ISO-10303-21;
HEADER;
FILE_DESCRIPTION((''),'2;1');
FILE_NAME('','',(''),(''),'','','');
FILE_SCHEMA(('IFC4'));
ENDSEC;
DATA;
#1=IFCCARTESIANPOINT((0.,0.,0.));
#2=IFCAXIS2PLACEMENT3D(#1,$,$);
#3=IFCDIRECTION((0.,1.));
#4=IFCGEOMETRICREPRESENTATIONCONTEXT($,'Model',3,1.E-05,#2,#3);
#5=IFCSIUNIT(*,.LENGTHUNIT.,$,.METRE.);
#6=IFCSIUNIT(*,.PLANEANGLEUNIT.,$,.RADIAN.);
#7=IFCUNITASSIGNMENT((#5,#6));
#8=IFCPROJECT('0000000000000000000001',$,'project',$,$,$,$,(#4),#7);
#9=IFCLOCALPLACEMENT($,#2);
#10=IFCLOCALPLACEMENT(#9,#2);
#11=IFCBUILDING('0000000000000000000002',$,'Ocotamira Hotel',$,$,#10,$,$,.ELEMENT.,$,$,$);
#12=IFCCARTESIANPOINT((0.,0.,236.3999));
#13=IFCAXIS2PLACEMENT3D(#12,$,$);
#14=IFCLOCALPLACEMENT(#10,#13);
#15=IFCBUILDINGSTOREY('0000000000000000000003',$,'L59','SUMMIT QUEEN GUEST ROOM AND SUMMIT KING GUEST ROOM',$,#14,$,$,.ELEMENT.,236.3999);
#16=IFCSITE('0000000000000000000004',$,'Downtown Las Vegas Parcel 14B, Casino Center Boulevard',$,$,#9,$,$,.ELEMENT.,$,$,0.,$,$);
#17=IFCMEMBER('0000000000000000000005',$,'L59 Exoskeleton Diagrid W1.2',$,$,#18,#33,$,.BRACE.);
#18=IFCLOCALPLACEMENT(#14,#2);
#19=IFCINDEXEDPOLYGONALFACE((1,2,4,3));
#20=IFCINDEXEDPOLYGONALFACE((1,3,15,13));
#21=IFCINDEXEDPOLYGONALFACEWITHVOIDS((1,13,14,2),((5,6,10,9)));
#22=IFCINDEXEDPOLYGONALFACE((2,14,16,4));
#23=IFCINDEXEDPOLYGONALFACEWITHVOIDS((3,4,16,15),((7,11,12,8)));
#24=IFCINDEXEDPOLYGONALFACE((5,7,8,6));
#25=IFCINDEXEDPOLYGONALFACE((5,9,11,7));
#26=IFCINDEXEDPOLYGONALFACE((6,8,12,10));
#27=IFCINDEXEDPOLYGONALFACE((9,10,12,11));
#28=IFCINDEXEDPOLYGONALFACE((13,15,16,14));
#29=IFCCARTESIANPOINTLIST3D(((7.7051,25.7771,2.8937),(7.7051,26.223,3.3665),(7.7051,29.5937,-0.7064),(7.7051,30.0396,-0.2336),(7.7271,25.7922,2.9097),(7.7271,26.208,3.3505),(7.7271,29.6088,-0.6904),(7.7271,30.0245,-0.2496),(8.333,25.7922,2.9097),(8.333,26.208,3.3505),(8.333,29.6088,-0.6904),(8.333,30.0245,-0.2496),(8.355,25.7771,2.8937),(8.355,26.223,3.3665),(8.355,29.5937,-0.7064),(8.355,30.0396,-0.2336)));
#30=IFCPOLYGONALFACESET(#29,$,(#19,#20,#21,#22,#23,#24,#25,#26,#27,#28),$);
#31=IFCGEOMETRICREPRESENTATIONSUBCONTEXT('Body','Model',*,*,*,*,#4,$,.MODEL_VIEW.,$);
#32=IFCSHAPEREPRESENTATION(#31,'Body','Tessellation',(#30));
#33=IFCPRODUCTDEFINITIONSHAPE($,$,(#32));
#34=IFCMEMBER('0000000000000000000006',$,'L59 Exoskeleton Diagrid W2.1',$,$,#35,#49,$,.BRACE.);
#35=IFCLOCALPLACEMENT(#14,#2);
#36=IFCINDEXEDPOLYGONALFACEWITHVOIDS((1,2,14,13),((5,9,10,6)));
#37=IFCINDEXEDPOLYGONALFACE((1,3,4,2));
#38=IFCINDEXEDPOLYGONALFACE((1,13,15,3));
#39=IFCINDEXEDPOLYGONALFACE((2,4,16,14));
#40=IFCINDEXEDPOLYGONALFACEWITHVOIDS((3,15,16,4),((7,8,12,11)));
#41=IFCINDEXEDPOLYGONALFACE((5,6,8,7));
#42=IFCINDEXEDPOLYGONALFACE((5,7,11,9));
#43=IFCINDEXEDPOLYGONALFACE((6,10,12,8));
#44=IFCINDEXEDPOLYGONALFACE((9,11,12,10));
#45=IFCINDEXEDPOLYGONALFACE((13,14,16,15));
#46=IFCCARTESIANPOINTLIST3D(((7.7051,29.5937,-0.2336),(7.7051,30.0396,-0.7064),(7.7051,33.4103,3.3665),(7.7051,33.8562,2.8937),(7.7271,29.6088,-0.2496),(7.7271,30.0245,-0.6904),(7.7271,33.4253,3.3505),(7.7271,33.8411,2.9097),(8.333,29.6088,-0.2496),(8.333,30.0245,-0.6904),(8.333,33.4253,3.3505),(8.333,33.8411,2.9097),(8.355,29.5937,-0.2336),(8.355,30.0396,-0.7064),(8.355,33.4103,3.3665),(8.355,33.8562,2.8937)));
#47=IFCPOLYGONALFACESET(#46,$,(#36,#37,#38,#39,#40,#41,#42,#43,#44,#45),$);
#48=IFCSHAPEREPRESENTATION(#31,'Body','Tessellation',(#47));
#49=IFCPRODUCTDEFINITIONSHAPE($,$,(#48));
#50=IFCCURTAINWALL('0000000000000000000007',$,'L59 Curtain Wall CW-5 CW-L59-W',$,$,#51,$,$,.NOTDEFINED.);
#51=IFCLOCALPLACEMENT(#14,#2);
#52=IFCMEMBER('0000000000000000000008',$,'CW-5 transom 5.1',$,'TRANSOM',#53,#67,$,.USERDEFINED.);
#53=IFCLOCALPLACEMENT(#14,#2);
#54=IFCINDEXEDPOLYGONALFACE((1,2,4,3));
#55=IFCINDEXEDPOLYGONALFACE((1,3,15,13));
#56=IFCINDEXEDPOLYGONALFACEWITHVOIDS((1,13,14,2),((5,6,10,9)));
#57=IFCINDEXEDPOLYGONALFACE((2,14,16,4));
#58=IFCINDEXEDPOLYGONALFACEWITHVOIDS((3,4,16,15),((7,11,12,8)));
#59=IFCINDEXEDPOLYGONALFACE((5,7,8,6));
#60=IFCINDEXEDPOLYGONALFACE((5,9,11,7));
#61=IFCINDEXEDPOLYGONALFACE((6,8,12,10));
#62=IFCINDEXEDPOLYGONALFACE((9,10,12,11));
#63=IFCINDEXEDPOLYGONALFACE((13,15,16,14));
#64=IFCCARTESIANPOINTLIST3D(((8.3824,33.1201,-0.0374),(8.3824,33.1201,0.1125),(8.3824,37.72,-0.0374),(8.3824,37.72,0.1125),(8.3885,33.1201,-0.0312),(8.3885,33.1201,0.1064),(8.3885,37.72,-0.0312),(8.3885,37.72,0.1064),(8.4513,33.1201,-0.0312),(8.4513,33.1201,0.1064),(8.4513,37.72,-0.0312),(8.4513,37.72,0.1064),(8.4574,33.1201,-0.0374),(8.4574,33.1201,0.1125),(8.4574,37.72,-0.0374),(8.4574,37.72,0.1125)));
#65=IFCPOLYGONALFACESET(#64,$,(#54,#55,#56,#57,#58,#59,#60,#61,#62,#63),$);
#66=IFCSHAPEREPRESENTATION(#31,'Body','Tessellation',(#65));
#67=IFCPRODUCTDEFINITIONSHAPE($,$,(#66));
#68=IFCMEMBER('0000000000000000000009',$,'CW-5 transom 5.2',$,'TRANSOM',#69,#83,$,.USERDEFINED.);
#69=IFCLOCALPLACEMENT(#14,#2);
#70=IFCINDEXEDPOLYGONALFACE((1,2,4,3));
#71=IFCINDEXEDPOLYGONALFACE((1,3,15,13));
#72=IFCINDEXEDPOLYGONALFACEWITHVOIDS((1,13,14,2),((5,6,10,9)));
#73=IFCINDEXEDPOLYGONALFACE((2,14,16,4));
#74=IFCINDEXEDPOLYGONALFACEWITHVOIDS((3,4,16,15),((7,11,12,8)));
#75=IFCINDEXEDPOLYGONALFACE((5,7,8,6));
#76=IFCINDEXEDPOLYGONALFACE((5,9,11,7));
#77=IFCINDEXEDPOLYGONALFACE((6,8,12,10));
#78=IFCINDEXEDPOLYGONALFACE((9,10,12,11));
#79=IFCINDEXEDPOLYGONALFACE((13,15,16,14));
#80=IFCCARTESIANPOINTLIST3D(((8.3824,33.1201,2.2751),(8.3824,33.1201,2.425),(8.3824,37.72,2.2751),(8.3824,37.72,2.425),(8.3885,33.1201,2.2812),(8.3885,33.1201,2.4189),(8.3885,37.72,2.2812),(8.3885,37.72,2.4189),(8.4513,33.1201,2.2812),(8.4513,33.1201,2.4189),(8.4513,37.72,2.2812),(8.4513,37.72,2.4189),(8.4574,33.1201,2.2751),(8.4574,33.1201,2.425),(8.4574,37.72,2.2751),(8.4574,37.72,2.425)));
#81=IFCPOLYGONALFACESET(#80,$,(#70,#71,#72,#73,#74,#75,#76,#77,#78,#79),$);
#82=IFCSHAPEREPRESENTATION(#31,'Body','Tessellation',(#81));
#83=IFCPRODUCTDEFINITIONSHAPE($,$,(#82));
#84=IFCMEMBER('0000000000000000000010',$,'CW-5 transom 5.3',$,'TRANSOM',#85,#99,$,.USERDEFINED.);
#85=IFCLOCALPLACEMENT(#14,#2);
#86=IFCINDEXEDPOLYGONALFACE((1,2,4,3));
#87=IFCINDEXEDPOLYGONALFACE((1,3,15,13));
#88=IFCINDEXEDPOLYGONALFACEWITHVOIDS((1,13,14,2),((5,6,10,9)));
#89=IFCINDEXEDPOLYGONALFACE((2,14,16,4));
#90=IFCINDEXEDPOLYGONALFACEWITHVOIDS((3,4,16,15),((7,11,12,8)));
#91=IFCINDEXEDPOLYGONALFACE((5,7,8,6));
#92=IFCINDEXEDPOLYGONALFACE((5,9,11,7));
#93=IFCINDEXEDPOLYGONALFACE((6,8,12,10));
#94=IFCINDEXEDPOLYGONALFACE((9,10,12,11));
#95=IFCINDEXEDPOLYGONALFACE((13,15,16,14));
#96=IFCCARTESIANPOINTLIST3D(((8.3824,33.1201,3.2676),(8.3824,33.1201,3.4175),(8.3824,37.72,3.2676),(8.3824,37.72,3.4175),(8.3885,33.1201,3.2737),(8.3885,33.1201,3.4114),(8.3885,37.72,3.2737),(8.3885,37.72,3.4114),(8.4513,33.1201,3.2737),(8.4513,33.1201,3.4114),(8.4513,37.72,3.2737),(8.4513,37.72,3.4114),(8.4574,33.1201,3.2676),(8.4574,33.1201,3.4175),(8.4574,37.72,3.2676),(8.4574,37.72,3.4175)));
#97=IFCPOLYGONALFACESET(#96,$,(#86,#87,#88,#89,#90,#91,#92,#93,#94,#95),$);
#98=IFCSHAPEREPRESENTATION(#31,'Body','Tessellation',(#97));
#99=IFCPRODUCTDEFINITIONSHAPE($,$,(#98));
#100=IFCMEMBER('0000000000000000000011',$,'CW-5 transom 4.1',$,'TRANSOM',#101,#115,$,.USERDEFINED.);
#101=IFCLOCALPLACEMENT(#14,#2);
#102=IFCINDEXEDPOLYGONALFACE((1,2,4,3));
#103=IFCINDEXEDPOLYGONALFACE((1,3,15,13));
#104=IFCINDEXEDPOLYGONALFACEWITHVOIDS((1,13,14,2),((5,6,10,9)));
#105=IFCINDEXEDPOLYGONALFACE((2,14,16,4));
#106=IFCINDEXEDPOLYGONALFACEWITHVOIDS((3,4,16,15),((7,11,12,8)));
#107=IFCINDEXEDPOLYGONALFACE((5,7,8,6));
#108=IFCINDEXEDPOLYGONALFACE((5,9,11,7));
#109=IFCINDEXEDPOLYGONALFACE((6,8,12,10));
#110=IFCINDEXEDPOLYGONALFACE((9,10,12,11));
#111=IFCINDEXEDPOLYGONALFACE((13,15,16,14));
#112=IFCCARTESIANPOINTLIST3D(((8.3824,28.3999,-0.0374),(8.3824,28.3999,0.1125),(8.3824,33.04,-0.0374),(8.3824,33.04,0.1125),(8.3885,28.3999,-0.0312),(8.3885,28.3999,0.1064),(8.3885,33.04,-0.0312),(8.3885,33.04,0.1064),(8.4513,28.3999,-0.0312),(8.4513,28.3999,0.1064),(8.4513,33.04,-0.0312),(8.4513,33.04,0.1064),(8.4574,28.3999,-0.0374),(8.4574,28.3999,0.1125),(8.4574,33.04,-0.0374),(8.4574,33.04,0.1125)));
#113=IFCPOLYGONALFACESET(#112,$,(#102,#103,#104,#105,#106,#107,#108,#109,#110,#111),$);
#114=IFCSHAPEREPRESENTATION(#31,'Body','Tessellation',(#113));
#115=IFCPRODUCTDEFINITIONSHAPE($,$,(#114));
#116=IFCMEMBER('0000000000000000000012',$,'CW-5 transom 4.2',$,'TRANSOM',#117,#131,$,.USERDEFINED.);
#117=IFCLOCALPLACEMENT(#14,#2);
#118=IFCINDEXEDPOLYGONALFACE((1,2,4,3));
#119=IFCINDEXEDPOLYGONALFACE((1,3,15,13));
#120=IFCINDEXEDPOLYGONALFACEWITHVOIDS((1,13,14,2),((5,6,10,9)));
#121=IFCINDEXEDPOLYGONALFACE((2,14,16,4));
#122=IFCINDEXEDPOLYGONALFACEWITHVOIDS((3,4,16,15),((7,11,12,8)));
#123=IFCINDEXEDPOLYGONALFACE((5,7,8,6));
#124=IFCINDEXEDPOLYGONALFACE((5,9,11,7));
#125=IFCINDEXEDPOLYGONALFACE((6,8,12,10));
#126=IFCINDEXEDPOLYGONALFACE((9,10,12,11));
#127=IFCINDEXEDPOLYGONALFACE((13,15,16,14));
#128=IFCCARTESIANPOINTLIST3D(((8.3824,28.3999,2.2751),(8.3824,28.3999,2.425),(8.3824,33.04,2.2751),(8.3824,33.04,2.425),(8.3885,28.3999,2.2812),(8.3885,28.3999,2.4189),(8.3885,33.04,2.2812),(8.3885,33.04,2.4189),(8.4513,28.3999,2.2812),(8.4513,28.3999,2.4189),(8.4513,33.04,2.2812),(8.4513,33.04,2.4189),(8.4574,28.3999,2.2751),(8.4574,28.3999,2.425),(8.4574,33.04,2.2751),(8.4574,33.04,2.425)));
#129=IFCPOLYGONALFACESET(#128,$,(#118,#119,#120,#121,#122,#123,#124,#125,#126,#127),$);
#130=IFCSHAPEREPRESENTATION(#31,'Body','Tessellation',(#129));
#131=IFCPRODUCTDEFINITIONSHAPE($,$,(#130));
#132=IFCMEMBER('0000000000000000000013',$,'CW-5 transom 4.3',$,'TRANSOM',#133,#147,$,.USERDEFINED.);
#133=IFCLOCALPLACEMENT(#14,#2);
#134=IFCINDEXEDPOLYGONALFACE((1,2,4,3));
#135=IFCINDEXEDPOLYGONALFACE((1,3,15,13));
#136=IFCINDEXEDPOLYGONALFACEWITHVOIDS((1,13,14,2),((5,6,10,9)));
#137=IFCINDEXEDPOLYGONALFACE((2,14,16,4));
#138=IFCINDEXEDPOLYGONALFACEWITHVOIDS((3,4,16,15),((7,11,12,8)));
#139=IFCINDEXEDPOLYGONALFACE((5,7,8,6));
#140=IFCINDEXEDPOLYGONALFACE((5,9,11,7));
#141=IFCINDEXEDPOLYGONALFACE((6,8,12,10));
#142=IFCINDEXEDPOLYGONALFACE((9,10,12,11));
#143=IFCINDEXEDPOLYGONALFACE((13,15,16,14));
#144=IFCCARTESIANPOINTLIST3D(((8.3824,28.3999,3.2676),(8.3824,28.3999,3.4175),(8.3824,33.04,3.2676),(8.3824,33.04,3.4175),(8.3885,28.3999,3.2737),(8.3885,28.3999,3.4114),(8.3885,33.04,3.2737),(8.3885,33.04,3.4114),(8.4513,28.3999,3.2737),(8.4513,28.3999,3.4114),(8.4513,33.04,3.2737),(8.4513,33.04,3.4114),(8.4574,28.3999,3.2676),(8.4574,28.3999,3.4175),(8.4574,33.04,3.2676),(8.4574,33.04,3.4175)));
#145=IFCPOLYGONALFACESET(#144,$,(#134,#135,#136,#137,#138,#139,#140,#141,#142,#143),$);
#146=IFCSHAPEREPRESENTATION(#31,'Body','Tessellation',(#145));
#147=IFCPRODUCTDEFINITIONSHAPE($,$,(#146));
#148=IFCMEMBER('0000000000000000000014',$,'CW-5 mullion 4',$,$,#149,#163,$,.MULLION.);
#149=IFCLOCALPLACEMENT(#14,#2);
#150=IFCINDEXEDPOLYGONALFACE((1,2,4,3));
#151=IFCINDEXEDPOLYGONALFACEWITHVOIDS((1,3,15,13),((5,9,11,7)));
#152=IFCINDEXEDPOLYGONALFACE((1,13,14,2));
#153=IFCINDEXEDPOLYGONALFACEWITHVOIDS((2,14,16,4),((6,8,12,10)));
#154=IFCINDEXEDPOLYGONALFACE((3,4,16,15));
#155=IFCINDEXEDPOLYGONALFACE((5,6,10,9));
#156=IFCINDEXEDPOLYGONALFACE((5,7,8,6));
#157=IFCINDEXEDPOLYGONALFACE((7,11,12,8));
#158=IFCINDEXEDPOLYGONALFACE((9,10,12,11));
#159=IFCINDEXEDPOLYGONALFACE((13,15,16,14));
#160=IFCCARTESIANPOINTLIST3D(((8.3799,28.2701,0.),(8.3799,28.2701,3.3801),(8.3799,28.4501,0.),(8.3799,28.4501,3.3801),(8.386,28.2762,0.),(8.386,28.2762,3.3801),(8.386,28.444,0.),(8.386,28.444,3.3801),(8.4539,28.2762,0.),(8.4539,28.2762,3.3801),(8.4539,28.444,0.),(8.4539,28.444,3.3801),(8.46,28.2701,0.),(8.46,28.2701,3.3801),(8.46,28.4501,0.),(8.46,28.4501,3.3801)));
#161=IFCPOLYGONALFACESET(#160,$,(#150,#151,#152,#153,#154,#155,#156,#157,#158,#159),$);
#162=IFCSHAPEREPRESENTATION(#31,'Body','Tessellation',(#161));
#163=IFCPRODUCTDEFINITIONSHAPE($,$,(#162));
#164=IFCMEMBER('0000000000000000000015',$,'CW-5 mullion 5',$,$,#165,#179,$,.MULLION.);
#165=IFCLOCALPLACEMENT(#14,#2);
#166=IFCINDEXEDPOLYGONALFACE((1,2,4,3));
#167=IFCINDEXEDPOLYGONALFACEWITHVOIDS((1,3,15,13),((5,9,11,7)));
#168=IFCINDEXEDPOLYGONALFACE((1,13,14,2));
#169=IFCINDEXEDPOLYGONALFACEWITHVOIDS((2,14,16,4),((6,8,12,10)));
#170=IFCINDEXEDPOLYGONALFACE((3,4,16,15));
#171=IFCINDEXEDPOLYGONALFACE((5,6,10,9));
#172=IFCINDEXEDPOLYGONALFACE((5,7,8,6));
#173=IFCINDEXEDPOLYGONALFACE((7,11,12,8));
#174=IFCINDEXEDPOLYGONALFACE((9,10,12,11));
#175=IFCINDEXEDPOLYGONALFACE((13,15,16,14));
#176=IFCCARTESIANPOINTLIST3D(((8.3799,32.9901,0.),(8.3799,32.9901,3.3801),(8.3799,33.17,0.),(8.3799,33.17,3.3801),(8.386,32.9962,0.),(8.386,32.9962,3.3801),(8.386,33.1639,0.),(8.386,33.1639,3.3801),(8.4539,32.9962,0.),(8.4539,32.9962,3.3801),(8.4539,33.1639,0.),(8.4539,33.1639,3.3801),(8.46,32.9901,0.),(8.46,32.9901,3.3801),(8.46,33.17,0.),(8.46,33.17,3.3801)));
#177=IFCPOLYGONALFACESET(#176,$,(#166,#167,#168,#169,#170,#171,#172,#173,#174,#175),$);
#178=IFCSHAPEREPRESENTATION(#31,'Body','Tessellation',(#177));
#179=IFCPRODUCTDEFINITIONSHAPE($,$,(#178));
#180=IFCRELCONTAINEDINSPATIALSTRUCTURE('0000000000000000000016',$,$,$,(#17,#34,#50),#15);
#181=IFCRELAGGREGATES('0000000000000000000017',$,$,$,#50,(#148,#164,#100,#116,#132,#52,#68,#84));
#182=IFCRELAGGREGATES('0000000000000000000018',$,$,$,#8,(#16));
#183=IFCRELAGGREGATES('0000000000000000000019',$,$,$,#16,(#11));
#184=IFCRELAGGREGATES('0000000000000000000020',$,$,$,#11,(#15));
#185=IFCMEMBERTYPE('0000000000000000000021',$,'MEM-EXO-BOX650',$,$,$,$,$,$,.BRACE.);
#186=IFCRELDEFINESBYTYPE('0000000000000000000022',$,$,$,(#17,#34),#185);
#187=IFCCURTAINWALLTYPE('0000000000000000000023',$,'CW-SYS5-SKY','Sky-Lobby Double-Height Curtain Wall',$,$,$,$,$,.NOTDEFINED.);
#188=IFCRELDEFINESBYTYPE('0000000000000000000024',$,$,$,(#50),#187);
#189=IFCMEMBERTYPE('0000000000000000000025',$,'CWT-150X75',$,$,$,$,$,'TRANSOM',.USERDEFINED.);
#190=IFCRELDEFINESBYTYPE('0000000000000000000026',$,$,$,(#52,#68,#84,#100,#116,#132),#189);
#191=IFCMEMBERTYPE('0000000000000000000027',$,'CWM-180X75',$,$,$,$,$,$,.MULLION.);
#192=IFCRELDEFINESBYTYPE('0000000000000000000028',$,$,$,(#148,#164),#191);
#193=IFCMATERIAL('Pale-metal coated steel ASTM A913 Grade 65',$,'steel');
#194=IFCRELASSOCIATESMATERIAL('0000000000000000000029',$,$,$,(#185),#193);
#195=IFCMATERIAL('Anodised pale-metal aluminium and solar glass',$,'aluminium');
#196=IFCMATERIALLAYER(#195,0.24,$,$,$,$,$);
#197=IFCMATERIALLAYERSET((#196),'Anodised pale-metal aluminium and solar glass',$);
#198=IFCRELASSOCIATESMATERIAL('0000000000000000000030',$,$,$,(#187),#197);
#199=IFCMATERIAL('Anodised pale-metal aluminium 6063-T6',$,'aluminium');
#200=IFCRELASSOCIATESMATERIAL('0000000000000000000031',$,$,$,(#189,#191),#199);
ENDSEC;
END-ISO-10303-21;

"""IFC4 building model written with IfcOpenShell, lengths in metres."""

from ifc_helpers import new_model, si_unit, direction, frame, origin, origin_2d, place, context, subcontext, project, spatial, hollow_rectangle, extrude, source, transform, mapped, material, layer, layer_set, material_profile, profile_set, type_object, element, aggregate, save


model = new_model("IFC4")

# Units and contexts
model_context = context("Model", 3, precision=1e-05, world=origin(), true_north=direction((0.0, 1.0)))
body_context = subcontext(model_context, "Body", "Model", "MODEL_VIEW")
ifc_project = project(units=[si_unit("LENGTHUNIT", "METRE"), si_unit("PLANEANGLEUNIT", "RADIAN")], contexts=[model_context])

# Site, building, storey
site_placement = place(None, origin())
site = spatial("IfcSite", under=ifc_project, at=site_placement, Name="Downtown Las Vegas Parcel 14B, Casino Center Boulevard", CompositionType="ELEMENT", RefElevation=0.0)
building_placement = place(site_placement, origin())
building = spatial("IfcBuilding", under=site, at=building_placement, Name="Ocotamira Hotel", CompositionType="ELEMENT")
storey_placement = place(building_placement, frame((0.0, 0.0, 236.3999)))
storey = spatial("IfcBuildingStorey", under=building, at=storey_placement, Name="L59", Description="SUMMIT QUEEN GUEST ROOM AND SUMMIT KING GUEST ROOM", CompositionType="ELEMENT", Elevation=236.3999)

# Members
ifc_material_1 = material(Name="Pale-metal coated steel ASTM A913 Grade 65", Category="steel")
ifc_material_profile_1 = material_profile(ifc_material_1, hollow_rectangle(XDim=0.6499, YDim=0.6499, WallThickness=0.022, at=origin_2d()), Name="BOX650X650X22")
ifc_profile_set_1 = profile_set([ifc_material_profile_1], Name="Pale-metal coated steel ASTM A913 Grade 65")
member_type_1 = type_object("IfcMemberType", Name="MEM-EXO-BOX650", PredefinedType="BRACE", material=ifc_profile_set_1)
shared_shape_1 = source(origin(), body_context, "Body", "SweptSolid", [
    extrude(hollow_rectangle(XDim=0.6499, YDim=0.6499, WallThickness=0.022, at=origin_2d()), origin(), (0.0, 0.0, 1.0), 5.2466),
])
for number, where, z_axis, x_axis, name in (
    (1, (8.03, 29.8167, -0.47), (0.0, -0.727443, 0.686168), (1.0, 0.0, 0.0), "L59 Exoskeleton Diagrid W1.2"),
    (2, (8.03, 29.8167, -0.47), (0.0, 0.727443, 0.686168), (-1.0, 0.0, 0.0), "L59 Exoskeleton Diagrid W2.1"),
):
    element("IfcMember", number, at=place(storey_placement, frame(where, z_axis=z_axis, x_axis=x_axis)), inside=storey, type_object=member_type_1, Name=name, PredefinedType="BRACE", context=body_context, shape_type="MappedRepresentation", body=[
        mapped(shared_shape_1, transform((0.0, 0.0, 0.0), scale=1.0)),
    ])

# Curtain wall, members
ifc_material_2 = material(Name="Anodised pale-metal aluminium and solar glass", Category="aluminium")
ifc_layer_1 = layer(ifc_material_2, 0.24)
ifc_layer_set_1 = layer_set([ifc_layer_1], Name="Anodised pale-metal aluminium and solar glass")
curtain_wall_type = type_object("IfcCurtainWallType", Name="CW-SYS5-SKY", Description="Sky-Lobby Double-Height Curtain Wall", PredefinedType="NOTDEFINED", material=ifc_layer_set_1)
curtain_wall_placement = place(storey_placement, origin())
curtain_wall = element("IfcCurtainWall", 3, at=curtain_wall_placement, inside=storey, type_object=curtain_wall_type, Name="L59 Curtain Wall CW-5 CW-L59-W", PredefinedType="NOTDEFINED")
ifc_material_3 = material(Name="Anodised pale-metal aluminium 6063-T6", Category="aluminium")
ifc_material_profile_2 = material_profile(ifc_material_3, hollow_rectangle(XDim=0.075, YDim=0.1499, WallThickness=0.0061, at=origin_2d()), Name="HSS150X75X6")
ifc_profile_set_2 = profile_set([ifc_material_profile_2], Name="Anodised pale-metal aluminium 6063-T6")
member_type_2 = type_object("IfcMemberType", Name="CWT-150X75", ElementType="TRANSOM", PredefinedType="USERDEFINED", material=ifc_profile_set_2)
shared_shape_2 = source(origin(), body_context, "Body", "SweptSolid", [
    extrude(hollow_rectangle(XDim=0.075, YDim=0.1499, WallThickness=0.0061, at=origin_2d()), origin(), (0.0, 0.0, 1.0), 4.5999),
])
member_1_placement = place(storey_placement, frame((8.4199, 33.1201, 0.0376), z_axis=(0.0, 1.0, 0.0), x_axis=(-1.0, 0.0, 0.0)))
member_1 = element("IfcMember", 4, at=member_1_placement, type_object=member_type_2, Name="CW-5 transom 5.1", ObjectType="TRANSOM", PredefinedType="USERDEFINED", context=body_context, shape_type="MappedRepresentation", body=[
    mapped(shared_shape_2, transform((0.0, 0.0, 0.0), scale=1.0)),
])
member_2_placement = place(storey_placement, frame((8.4199, 33.1201, 2.3501), z_axis=(0.0, 1.0, 0.0), x_axis=(-1.0, 0.0, 0.0)))
member_2 = element("IfcMember", 5, at=member_2_placement, type_object=member_type_2, Name="CW-5 transom 5.2", ObjectType="TRANSOM", PredefinedType="USERDEFINED", context=body_context, shape_type="MappedRepresentation", body=[
    mapped(shared_shape_2, transform((0.0, 0.0, 0.0), scale=1.0)),
])
member_3_placement = place(storey_placement, frame((8.4199, 33.1201, 3.3425), z_axis=(0.0, 1.0, 0.0), x_axis=(-1.0, 0.0, 0.0)))
member_3 = element("IfcMember", 6, at=member_3_placement, type_object=member_type_2, Name="CW-5 transom 5.3", ObjectType="TRANSOM", PredefinedType="USERDEFINED", context=body_context, shape_type="MappedRepresentation", body=[
    mapped(shared_shape_2, transform((0.0, 0.0, 0.0), scale=1.0)),
])
shared_shape_3 = source(origin(), body_context, "Body", "SweptSolid", [
    extrude(hollow_rectangle(XDim=0.075, YDim=0.1499, WallThickness=0.0061, at=origin_2d()), origin(), (0.0, 0.0, 1.0), 4.6401),
])
member_4_placement = place(storey_placement, frame((8.4199, 28.3999, 0.0376), z_axis=(0.0, 1.0, 0.0), x_axis=(-1.0, 0.0, 0.0)))
member_4 = element("IfcMember", 7, at=member_4_placement, type_object=member_type_2, Name="CW-5 transom 4.1", ObjectType="TRANSOM", PredefinedType="USERDEFINED", context=body_context, shape_type="MappedRepresentation", body=[
    mapped(shared_shape_3, transform((0.0, 0.0, 0.0), scale=1.0)),
])
member_5_placement = place(storey_placement, frame((8.4199, 28.3999, 2.3501), z_axis=(0.0, 1.0, 0.0), x_axis=(-1.0, 0.0, 0.0)))
member_5 = element("IfcMember", 8, at=member_5_placement, type_object=member_type_2, Name="CW-5 transom 4.2", ObjectType="TRANSOM", PredefinedType="USERDEFINED", context=body_context, shape_type="MappedRepresentation", body=[
    mapped(shared_shape_3, transform((0.0, 0.0, 0.0), scale=1.0)),
])
member_6_placement = place(storey_placement, frame((8.4199, 28.3999, 3.3425), z_axis=(0.0, 1.0, 0.0), x_axis=(-1.0, 0.0, 0.0)))
member_6 = element("IfcMember", 9, at=member_6_placement, type_object=member_type_2, Name="CW-5 transom 4.3", ObjectType="TRANSOM", PredefinedType="USERDEFINED", context=body_context, shape_type="MappedRepresentation", body=[
    mapped(shared_shape_3, transform((0.0, 0.0, 0.0), scale=1.0)),
])
ifc_material_profile_3 = material_profile(ifc_material_3, hollow_rectangle(XDim=0.0801, YDim=0.1799, WallThickness=0.0061, at=origin_2d()), Name="HSS180X80X6")
ifc_profile_set_3 = profile_set([ifc_material_profile_3], Name="Anodised pale-metal aluminium 6063-T6")
member_type_3 = type_object("IfcMemberType", Name="CWM-180X75", PredefinedType="MULLION", material=ifc_profile_set_3)
shared_shape_4 = source(origin(), body_context, "Body", "SweptSolid", [
    extrude(hollow_rectangle(XDim=0.0801, YDim=0.1799, WallThickness=0.0061, at=origin_2d()), origin(), (0.0, 0.0, 1.0), 3.3801),
])
member_7_placement = place(storey_placement, frame((8.4199, 28.3601, 0.0), z_axis=(0.0, 0.0, 1.0), x_axis=(-1.0, 0.0, 0.0)))
member_7 = element("IfcMember", 10, at=member_7_placement, type_object=member_type_3, Name="CW-5 mullion 4", PredefinedType="MULLION", context=body_context, shape_type="MappedRepresentation", body=[
    mapped(shared_shape_4, transform((0.0, 0.0, 0.0), scale=1.0)),
])
member_8_placement = place(storey_placement, frame((8.4199, 33.0801, 0.0), z_axis=(0.0, 0.0, 1.0), x_axis=(-1.0, 0.0, 0.0)))
member_8 = element("IfcMember", 11, at=member_8_placement, type_object=member_type_3, Name="CW-5 mullion 5", PredefinedType="MULLION", context=body_context, shape_type="MappedRepresentation", body=[
    mapped(shared_shape_4, transform((0.0, 0.0, 0.0), scale=1.0)),
])

aggregate(curtain_wall, [member_7, member_8, member_4, member_5, member_6, member_1, member_2, member_3])

save(model, "model.ifc")
